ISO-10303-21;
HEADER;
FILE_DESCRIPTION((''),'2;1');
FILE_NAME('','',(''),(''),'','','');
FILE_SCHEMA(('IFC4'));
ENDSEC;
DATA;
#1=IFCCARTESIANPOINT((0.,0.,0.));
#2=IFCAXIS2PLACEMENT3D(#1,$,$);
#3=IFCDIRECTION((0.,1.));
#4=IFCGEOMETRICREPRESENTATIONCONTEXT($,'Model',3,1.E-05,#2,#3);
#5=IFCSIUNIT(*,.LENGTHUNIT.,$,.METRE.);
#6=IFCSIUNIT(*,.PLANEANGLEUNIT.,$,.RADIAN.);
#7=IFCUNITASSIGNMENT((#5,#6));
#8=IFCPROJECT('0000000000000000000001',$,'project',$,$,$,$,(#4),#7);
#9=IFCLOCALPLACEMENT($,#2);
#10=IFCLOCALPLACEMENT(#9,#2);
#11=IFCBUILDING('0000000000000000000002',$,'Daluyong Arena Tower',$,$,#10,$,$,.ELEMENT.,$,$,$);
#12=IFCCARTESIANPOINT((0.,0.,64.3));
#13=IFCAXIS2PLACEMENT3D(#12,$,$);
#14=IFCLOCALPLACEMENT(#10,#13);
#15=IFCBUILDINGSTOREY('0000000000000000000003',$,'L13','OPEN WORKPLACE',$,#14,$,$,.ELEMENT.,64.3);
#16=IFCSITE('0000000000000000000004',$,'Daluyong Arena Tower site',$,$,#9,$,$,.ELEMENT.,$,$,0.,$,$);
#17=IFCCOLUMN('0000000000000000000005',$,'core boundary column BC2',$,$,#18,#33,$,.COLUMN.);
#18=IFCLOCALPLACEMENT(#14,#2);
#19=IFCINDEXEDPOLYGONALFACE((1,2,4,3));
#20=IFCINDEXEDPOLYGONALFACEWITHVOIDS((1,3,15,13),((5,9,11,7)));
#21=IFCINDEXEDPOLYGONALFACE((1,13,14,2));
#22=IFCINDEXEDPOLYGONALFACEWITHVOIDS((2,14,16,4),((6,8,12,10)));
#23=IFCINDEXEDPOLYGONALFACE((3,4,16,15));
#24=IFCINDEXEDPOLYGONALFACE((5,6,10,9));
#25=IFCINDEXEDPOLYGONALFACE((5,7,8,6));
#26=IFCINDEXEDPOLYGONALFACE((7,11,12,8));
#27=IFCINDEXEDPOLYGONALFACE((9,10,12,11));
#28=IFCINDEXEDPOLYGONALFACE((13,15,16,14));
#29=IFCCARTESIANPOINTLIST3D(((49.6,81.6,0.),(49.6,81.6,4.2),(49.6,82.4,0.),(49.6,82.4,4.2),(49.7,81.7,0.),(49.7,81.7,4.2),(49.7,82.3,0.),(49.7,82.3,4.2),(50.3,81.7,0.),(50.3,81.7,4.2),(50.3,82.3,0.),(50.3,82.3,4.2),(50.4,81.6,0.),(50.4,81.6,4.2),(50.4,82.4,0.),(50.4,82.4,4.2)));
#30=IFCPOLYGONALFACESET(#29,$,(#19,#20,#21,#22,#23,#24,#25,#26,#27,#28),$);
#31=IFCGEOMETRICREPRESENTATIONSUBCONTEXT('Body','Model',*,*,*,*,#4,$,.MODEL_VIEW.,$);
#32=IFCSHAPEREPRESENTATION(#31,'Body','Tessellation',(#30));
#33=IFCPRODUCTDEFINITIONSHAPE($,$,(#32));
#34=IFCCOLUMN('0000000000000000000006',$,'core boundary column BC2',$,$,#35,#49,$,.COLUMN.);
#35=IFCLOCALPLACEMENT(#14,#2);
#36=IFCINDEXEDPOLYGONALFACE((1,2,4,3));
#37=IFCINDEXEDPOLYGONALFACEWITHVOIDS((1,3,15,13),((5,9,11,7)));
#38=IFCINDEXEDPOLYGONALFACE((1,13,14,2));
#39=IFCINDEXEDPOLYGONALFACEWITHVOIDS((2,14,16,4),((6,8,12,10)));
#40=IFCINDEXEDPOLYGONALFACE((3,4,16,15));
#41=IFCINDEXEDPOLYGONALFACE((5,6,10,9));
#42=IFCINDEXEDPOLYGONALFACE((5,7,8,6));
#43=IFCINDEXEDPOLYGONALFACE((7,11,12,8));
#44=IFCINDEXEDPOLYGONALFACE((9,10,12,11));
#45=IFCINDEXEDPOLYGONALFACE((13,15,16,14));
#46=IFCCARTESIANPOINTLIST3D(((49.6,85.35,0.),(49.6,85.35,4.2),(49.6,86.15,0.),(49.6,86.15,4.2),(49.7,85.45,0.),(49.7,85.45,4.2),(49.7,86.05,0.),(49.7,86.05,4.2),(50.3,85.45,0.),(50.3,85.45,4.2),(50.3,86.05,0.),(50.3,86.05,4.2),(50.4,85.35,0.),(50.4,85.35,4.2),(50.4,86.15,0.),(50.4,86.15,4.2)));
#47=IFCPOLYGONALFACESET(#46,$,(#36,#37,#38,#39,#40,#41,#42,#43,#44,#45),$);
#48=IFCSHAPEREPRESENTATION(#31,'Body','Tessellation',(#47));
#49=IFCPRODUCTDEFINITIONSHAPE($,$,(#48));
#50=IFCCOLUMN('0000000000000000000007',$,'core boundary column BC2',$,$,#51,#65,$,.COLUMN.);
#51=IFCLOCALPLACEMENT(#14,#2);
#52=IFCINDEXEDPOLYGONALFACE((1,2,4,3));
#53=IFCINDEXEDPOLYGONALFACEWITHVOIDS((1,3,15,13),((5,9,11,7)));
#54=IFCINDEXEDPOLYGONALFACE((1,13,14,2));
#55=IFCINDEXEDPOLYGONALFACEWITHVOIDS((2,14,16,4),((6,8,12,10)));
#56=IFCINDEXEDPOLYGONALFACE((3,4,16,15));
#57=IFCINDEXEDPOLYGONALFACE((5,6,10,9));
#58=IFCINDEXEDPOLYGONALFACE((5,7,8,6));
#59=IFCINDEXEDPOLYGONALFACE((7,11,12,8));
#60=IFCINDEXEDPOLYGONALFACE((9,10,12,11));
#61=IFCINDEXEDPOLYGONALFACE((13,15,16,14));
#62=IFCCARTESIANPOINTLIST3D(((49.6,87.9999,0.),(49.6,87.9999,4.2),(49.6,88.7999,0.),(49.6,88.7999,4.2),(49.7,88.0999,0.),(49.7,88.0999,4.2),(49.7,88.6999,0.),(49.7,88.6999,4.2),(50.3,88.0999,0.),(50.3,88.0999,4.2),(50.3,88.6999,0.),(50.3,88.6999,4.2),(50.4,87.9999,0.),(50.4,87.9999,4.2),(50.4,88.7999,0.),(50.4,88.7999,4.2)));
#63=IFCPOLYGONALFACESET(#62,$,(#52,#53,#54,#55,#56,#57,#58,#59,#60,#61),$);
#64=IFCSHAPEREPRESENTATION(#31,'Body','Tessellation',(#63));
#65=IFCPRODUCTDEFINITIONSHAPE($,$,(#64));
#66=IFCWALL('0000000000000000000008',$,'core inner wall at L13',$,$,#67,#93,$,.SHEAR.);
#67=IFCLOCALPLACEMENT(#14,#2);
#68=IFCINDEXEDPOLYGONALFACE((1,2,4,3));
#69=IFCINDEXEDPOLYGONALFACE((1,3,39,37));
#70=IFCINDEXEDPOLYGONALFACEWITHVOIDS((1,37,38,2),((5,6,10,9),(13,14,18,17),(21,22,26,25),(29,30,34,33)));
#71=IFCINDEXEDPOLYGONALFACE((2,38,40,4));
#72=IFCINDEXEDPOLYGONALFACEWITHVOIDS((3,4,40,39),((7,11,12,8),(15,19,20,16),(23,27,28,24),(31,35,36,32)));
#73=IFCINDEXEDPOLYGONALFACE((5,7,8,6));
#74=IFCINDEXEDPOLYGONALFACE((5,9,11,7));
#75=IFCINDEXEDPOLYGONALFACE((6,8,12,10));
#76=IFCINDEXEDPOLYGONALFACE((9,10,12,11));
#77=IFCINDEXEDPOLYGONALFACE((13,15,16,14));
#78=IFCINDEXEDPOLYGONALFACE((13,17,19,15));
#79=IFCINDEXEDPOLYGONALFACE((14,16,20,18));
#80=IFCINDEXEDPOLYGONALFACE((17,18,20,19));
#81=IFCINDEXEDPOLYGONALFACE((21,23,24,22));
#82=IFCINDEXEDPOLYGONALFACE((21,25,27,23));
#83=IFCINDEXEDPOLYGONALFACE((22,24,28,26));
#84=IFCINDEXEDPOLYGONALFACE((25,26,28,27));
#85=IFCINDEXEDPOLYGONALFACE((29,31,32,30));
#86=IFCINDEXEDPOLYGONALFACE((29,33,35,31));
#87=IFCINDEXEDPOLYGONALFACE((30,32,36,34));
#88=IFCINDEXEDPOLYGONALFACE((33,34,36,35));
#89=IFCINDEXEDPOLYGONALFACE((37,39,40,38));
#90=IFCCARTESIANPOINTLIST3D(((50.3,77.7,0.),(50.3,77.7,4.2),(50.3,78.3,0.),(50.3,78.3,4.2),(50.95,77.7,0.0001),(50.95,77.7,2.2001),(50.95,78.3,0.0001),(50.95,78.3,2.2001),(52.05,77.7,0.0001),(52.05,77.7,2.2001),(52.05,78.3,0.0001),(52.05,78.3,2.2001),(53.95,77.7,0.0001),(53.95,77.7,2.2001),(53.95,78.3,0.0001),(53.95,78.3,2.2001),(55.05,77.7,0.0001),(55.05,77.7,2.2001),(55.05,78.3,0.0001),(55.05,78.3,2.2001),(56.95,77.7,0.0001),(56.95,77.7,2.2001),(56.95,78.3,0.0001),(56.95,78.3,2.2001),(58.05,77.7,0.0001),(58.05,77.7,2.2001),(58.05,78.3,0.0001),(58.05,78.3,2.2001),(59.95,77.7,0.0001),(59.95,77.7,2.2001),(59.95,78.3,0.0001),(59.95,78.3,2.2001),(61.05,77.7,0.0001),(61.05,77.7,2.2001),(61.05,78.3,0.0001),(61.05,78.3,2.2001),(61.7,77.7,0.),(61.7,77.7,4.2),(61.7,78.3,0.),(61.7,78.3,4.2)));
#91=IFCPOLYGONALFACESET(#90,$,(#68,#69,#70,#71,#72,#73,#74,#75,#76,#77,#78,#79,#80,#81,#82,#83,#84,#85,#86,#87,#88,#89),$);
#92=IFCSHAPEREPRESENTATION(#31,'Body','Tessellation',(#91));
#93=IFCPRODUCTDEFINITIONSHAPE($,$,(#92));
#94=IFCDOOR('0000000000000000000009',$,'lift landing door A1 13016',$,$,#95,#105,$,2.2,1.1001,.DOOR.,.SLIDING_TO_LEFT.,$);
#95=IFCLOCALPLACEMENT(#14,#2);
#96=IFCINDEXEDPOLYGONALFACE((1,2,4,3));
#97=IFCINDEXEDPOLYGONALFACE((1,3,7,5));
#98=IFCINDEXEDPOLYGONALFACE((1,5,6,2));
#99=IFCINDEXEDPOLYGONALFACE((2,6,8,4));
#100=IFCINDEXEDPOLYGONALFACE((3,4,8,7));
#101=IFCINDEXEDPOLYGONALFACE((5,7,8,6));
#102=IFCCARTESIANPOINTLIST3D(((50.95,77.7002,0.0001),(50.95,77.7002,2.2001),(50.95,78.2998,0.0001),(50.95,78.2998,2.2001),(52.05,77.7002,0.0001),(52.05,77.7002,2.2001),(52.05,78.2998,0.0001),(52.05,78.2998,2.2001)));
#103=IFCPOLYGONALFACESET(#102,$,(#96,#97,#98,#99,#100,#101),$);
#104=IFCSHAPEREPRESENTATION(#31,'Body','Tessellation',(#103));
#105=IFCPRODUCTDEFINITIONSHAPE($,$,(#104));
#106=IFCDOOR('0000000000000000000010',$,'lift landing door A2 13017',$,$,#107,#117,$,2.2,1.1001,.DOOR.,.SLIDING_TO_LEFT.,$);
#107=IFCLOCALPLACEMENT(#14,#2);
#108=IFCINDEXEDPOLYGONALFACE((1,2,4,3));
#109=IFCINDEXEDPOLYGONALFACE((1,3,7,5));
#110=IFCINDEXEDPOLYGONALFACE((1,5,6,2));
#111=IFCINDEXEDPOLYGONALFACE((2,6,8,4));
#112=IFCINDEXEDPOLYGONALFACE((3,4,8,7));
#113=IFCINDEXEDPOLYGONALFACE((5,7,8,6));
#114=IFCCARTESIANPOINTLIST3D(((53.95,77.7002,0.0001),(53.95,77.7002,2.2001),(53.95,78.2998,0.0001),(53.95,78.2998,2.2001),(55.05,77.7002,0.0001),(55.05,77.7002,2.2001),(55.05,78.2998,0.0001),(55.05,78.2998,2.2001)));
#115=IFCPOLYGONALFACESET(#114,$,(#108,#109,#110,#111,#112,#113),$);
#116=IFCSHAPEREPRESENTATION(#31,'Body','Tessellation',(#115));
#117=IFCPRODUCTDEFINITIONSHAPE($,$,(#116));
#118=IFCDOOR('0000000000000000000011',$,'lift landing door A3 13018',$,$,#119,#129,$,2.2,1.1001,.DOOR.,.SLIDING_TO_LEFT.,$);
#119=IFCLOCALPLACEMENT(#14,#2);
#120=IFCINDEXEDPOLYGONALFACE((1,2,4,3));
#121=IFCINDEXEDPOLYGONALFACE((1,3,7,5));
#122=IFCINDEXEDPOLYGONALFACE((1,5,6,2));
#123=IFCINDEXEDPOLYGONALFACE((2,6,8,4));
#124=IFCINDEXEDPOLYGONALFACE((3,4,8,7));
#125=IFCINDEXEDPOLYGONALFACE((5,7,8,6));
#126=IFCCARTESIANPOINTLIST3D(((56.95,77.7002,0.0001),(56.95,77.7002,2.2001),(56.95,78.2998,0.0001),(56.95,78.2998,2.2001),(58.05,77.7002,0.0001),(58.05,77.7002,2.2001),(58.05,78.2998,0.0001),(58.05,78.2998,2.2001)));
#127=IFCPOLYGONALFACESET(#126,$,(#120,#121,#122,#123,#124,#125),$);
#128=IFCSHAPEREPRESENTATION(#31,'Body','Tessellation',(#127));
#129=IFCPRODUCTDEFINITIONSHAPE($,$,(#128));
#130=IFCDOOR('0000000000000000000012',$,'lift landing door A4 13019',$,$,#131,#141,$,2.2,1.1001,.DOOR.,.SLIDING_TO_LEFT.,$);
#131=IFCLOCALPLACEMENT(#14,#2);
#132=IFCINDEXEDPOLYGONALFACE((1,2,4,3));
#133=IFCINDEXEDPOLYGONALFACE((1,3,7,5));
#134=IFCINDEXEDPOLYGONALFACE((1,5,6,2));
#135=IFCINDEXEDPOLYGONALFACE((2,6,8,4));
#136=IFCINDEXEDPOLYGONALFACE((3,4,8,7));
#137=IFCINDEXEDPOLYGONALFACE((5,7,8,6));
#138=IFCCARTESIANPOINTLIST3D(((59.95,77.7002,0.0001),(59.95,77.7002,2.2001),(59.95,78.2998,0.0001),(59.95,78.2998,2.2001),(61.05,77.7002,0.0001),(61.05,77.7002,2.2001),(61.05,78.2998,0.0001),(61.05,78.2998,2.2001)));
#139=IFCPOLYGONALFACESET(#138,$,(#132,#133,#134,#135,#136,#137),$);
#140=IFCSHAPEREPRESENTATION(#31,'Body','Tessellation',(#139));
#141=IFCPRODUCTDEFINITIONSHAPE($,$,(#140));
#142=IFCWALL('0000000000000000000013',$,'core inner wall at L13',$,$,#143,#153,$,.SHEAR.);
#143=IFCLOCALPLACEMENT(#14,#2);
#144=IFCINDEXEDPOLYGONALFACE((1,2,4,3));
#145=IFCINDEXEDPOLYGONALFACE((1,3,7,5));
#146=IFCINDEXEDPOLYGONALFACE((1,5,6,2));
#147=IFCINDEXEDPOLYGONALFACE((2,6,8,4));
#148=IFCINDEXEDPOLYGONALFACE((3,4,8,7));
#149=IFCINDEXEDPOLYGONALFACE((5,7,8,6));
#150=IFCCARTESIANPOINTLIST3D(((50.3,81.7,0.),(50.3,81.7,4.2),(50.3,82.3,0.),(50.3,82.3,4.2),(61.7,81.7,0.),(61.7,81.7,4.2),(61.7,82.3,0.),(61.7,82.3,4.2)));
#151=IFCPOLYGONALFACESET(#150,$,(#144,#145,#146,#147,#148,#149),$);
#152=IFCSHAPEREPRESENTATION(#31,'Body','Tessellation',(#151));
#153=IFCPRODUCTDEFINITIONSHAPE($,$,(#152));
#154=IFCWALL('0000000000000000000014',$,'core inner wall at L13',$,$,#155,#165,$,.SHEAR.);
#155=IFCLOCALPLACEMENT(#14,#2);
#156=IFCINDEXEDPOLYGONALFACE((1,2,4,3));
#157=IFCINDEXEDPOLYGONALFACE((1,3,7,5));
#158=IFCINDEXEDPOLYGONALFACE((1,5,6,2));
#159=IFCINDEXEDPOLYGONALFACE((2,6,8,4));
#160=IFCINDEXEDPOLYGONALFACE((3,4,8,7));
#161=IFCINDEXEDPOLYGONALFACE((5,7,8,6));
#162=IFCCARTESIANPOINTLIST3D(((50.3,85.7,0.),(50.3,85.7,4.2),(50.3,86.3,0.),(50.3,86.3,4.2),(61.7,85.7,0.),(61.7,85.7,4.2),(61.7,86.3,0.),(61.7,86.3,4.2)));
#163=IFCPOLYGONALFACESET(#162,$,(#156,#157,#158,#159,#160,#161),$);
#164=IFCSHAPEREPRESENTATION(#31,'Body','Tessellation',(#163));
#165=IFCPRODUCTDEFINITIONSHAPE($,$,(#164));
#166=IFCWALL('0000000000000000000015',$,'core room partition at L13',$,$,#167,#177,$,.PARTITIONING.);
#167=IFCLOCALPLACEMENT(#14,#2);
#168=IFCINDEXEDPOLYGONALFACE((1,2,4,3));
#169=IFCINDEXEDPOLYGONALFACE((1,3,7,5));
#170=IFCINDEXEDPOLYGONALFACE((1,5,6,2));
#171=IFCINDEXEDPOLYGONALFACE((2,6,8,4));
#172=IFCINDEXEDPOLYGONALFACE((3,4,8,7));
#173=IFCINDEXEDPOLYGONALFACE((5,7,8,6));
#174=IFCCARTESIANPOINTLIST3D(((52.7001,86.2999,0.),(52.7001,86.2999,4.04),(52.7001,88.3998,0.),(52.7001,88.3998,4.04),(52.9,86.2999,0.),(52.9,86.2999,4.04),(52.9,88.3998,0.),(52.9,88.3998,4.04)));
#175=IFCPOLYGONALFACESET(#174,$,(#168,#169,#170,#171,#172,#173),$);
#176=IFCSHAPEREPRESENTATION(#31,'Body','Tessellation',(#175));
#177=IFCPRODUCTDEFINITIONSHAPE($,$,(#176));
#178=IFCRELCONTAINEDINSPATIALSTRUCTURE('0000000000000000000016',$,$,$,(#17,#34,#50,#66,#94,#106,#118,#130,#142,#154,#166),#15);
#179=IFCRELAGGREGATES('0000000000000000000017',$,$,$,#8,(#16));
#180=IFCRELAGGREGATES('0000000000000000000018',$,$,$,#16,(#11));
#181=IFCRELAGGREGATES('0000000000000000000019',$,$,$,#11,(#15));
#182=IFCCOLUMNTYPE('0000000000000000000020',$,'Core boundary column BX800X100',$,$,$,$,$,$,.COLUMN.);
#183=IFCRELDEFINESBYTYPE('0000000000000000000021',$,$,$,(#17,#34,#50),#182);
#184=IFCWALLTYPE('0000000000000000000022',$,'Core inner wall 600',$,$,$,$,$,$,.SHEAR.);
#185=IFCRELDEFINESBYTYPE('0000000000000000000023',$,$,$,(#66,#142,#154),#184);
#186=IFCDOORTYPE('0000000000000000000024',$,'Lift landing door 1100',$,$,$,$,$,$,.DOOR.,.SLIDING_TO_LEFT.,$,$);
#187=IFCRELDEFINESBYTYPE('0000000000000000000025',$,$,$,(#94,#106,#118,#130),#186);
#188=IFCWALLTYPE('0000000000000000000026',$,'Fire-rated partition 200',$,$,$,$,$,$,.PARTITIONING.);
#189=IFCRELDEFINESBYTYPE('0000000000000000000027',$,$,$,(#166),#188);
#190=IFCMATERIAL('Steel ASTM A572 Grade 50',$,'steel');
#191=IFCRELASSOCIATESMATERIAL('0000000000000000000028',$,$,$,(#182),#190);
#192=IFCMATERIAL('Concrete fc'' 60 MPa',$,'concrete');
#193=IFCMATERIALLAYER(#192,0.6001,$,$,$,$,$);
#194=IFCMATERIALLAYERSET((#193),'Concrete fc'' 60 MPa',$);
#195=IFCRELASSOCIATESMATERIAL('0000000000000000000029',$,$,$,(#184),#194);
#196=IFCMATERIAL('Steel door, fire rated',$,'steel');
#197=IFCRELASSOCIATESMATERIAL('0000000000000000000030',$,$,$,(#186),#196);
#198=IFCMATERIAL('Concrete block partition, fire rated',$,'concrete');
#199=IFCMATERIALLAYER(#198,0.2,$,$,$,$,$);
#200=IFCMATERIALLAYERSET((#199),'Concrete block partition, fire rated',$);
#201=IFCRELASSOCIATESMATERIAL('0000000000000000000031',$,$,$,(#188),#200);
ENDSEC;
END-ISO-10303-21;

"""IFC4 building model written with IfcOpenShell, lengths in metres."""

from ifc_helpers import new_model, si_unit, direction, frame, frame_2d, origin, origin_2d, place, context, subcontext, project, spatial, rectangle, hollow_rectangle, extrude, material, layer, layer_set, material_profile, profile_set, type_object, element, fill, save


model = new_model("IFC4")

# Units and contexts
model_context = context("Model", 3, precision=1e-05, world=origin(), true_north=direction((0.0, 1.0)))
body_context = subcontext(model_context, "Body", "Model", "MODEL_VIEW")
ifc_project = project(units=[si_unit("LENGTHUNIT", "METRE"), si_unit("PLANEANGLEUNIT", "RADIAN")], contexts=[model_context])

# Site, building, storey
site_placement = place(None, origin())
site = spatial("IfcSite", under=ifc_project, at=site_placement, Name="Daluyong Arena Tower site", CompositionType="ELEMENT", RefElevation=0.0)
building_placement = place(site_placement, origin())
building = spatial("IfcBuilding", under=site, at=building_placement, Name="Daluyong Arena Tower", CompositionType="ELEMENT")
storey_placement = place(building_placement, frame((0.0, 0.0, 64.3)))
storey = spatial("IfcBuildingStorey", under=building, at=storey_placement, Name="L13", Description="OPEN WORKPLACE", CompositionType="ELEMENT", Elevation=64.3)

# Columns
ifc_material_1 = material(Name="Steel ASTM A572 Grade 50", Category="steel")
ifc_material_profile = material_profile(ifc_material_1, hollow_rectangle(XDim=0.8, YDim=0.8, WallThickness=0.1, at=origin_2d()))
ifc_profile_set = profile_set([ifc_material_profile], Name="Steel ASTM A572 Grade 50")
column_type = type_object("IfcColumnType", Name="Core boundary column BX800X100", PredefinedType="COLUMN", material=ifc_profile_set)
for number, where, z_axis, x_axis, name in (
    (1, (50.0, 82.0, 0.0), (0.0, 0.0, 1.0), (1.0, 0.0, 0.0), "core boundary column BC2"),
    (2, (50.0, 85.75, 0.0), (0.0, 0.0, 1.0), (1.0, 0.0, 0.0), "core boundary column BC2"),
    (3, (50.0, 88.3999, 0.0), (0.0, 0.0, 1.0), (1.0, 0.0, 0.0), "core boundary column BC2"),
):
    element("IfcColumn", number, at=place(storey_placement, frame(where, z_axis=z_axis, x_axis=x_axis)), inside=storey, type_object=column_type, Name=name, PredefinedType="COLUMN", context=body_context, shape_type="SweptSolid", body=[
        extrude(hollow_rectangle(XDim=0.8, YDim=0.8, WallThickness=0.1, at=origin_2d()), origin(), (0.0, 0.0, 1.0), 4.2),
    ])

# Wall, openings, doors
ifc_material_2 = material(Name="Concrete fc' 60 MPa", Category="concrete")
ifc_layer_1 = layer(ifc_material_2, 0.6001)
ifc_layer_set_1 = layer_set([ifc_layer_1], Name="Concrete fc' 60 MPa")
wall_type_1 = type_object("IfcWallType", Name="Core inner wall 600", PredefinedType="SHEAR", material=ifc_layer_set_1)
wall_1_placement = place(storey_placement, frame((50.3, 78.0, 0.0), z_axis=(0.0, 0.0, 1.0), x_axis=(1.0, 0.0, 0.0)))
wall_1 = element("IfcWall", 4, at=wall_1_placement, inside=storey, type_object=wall_type_1, Name="core inner wall at L13", PredefinedType="SHEAR", context=body_context, shape_type="SweptSolid", body=[
    extrude(rectangle(XDim=11.3999, YDim=0.6001, at=frame_2d((5.7, 0.0))), origin(), (0.0, 0.0, 1.0), 4.2),
])
opening_1_placement = place(wall_1_placement, frame((0.6499, 0.0, 0.0)))
opening_1 = element("IfcOpeningElement", 5, at=opening_1_placement, cuts=wall_1, PredefinedType="OPENING", context=body_context, shape_type="SweptSolid", body=[
    extrude(rectangle(XDim=1.1001, YDim=2.2, at=frame_2d((0.55, 1.1001))), frame((0.0, 0.3101, 0.0), z_axis=(0.0, -1.0, 0.0), x_axis=(1.0, 0.0, 0.0)), (0.0, 0.0, 1.0), 0.6201),
])
opening_2_placement = place(wall_1_placement, frame((3.6499, 0.0, 0.0)))
opening_2 = element("IfcOpeningElement", 6, at=opening_2_placement, cuts=wall_1, PredefinedType="OPENING", context=body_context, shape_type="SweptSolid", body=[
    extrude(rectangle(XDim=1.1001, YDim=2.2, at=frame_2d((0.55, 1.1001))), frame((0.0, 0.3101, 0.0), z_axis=(0.0, -1.0, 0.0), x_axis=(1.0, 0.0, 0.0)), (0.0, 0.0, 1.0), 0.6201),
])
opening_3_placement = place(wall_1_placement, frame((6.6499, 0.0, 0.0)))
opening_3 = element("IfcOpeningElement", 7, at=opening_3_placement, cuts=wall_1, PredefinedType="OPENING", context=body_context, shape_type="SweptSolid", body=[
    extrude(rectangle(XDim=1.1001, YDim=2.2, at=frame_2d((0.55, 1.1001))), frame((0.0, 0.3101, 0.0), z_axis=(0.0, -1.0, 0.0), x_axis=(1.0, 0.0, 0.0)), (0.0, 0.0, 1.0), 0.6201),
])
opening_4_placement = place(wall_1_placement, frame((9.6499, 0.0, 0.0)))
opening_4 = element("IfcOpeningElement", 8, at=opening_4_placement, cuts=wall_1, PredefinedType="OPENING", context=body_context, shape_type="SweptSolid", body=[
    extrude(rectangle(XDim=1.1001, YDim=2.2, at=frame_2d((0.55, 1.1001))), frame((0.0, 0.3101, 0.0), z_axis=(0.0, -1.0, 0.0), x_axis=(1.0, 0.0, 0.0)), (0.0, 0.0, 1.0), 0.6201),
])
ifc_material_3 = material(Name="Steel door, fire rated", Category="steel")
door_type = type_object("IfcDoorType", Name="Lift landing door 1100", OperationType="SLIDING_TO_LEFT", PredefinedType="DOOR", material=ifc_material_3)
door_1_placement = place(opening_1_placement, origin())
door_1 = element("IfcDoor", 9, at=door_1_placement, inside=storey, type_object=door_type, Name="lift landing door A1 13016", OperationType="SLIDING_TO_LEFT", OverallHeight=2.2, OverallWidth=1.1001, PredefinedType="DOOR", context=body_context, shape_type="SweptSolid", body=[
    extrude(rectangle(XDim=1.1001, YDim=2.2, at=frame_2d((0.55, 1.1001))), frame((0.0, 0.2998, 0.0), z_axis=(0.0, -1.0, 0.0), x_axis=(1.0, 0.0, 0.0)), (0.0, 0.0, 1.0), 0.5996),
])
fill(opening_1, door_1)
door_2_placement = place(opening_2_placement, origin())
door_2 = element("IfcDoor", 10, at=door_2_placement, inside=storey, type_object=door_type, Name="lift landing door A2 13017", OperationType="SLIDING_TO_LEFT", OverallHeight=2.2, OverallWidth=1.1001, PredefinedType="DOOR", context=body_context, shape_type="SweptSolid", body=[
    extrude(rectangle(XDim=1.1001, YDim=2.2, at=frame_2d((0.55, 1.1001))), frame((0.0, 0.2998, 0.0), z_axis=(0.0, -1.0, 0.0), x_axis=(1.0, 0.0, 0.0)), (0.0, 0.0, 1.0), 0.5996),
])
fill(opening_2, door_2)
door_3_placement = place(opening_3_placement, origin())
door_3 = element("IfcDoor", 11, at=door_3_placement, inside=storey, type_object=door_type, Name="lift landing door A3 13018", OperationType="SLIDING_TO_LEFT", OverallHeight=2.2, OverallWidth=1.1001, PredefinedType="DOOR", context=body_context, shape_type="SweptSolid", body=[
    extrude(rectangle(XDim=1.1001, YDim=2.2, at=frame_2d((0.55, 1.1001))), frame((0.0, 0.2998, 0.0), z_axis=(0.0, -1.0, 0.0), x_axis=(1.0, 0.0, 0.0)), (0.0, 0.0, 1.0), 0.5996),
])
fill(opening_3, door_3)
door_4_placement = place(opening_4_placement, origin())
door_4 = element("IfcDoor", 12, at=door_4_placement, inside=storey, type_object=door_type, Name="lift landing door A4 13019", OperationType="SLIDING_TO_LEFT", OverallHeight=2.2, OverallWidth=1.1001, PredefinedType="DOOR", context=body_context, shape_type="SweptSolid", body=[
    extrude(rectangle(XDim=1.1001, YDim=2.2, at=frame_2d((0.55, 1.1001))), frame((0.0, 0.2998, 0.0), z_axis=(0.0, -1.0, 0.0), x_axis=(1.0, 0.0, 0.0)), (0.0, 0.0, 1.0), 0.5996),
])
fill(opening_4, door_4)

# Walls
for number, where, z_axis, x_axis, name in (
    (13, (50.3, 82.0, 0.0), (0.0, 0.0, 1.0), (1.0, 0.0, 0.0), "core inner wall at L13"),
    (14, (50.3, 86.0, 0.0), (0.0, 0.0, 1.0), (1.0, 0.0, 0.0), "core inner wall at L13"),
):
    element("IfcWall", number, at=place(storey_placement, frame(where, z_axis=z_axis, x_axis=x_axis)), inside=storey, type_object=wall_type_1, Name=name, PredefinedType="SHEAR", context=body_context, shape_type="SweptSolid", body=[
        extrude(rectangle(XDim=11.3999, YDim=0.6001, at=frame_2d((5.7, 0.0))), origin(), (0.0, 0.0, 1.0), 4.2),
    ])
ifc_material_4 = material(Name="Concrete block partition, fire rated", Category="concrete")
ifc_layer_2 = layer(ifc_material_4, 0.2)
ifc_layer_set_2 = layer_set([ifc_layer_2], Name="Concrete block partition, fire rated")
wall_type_2 = type_object("IfcWallType", Name="Fire-rated partition 200", PredefinedType="PARTITIONING", material=ifc_layer_set_2)
wall_2_placement = place(storey_placement, frame((52.8, 86.3, 0.0), z_axis=(0.0, 0.0, 1.0), x_axis=(0.0, 1.0, 0.0)))
element("IfcWall", 15, at=wall_2_placement, inside=storey, type_object=wall_type_2, Name="core room partition at L13", PredefinedType="PARTITIONING", context=body_context, shape_type="SweptSolid", body=[
    extrude(rectangle(XDim=2.0999, YDim=0.2, at=frame_2d((1.0498, 0.0))), origin(), (0.0, 0.0, 1.0), 4.04),
])

save(model, "model.ifc")
